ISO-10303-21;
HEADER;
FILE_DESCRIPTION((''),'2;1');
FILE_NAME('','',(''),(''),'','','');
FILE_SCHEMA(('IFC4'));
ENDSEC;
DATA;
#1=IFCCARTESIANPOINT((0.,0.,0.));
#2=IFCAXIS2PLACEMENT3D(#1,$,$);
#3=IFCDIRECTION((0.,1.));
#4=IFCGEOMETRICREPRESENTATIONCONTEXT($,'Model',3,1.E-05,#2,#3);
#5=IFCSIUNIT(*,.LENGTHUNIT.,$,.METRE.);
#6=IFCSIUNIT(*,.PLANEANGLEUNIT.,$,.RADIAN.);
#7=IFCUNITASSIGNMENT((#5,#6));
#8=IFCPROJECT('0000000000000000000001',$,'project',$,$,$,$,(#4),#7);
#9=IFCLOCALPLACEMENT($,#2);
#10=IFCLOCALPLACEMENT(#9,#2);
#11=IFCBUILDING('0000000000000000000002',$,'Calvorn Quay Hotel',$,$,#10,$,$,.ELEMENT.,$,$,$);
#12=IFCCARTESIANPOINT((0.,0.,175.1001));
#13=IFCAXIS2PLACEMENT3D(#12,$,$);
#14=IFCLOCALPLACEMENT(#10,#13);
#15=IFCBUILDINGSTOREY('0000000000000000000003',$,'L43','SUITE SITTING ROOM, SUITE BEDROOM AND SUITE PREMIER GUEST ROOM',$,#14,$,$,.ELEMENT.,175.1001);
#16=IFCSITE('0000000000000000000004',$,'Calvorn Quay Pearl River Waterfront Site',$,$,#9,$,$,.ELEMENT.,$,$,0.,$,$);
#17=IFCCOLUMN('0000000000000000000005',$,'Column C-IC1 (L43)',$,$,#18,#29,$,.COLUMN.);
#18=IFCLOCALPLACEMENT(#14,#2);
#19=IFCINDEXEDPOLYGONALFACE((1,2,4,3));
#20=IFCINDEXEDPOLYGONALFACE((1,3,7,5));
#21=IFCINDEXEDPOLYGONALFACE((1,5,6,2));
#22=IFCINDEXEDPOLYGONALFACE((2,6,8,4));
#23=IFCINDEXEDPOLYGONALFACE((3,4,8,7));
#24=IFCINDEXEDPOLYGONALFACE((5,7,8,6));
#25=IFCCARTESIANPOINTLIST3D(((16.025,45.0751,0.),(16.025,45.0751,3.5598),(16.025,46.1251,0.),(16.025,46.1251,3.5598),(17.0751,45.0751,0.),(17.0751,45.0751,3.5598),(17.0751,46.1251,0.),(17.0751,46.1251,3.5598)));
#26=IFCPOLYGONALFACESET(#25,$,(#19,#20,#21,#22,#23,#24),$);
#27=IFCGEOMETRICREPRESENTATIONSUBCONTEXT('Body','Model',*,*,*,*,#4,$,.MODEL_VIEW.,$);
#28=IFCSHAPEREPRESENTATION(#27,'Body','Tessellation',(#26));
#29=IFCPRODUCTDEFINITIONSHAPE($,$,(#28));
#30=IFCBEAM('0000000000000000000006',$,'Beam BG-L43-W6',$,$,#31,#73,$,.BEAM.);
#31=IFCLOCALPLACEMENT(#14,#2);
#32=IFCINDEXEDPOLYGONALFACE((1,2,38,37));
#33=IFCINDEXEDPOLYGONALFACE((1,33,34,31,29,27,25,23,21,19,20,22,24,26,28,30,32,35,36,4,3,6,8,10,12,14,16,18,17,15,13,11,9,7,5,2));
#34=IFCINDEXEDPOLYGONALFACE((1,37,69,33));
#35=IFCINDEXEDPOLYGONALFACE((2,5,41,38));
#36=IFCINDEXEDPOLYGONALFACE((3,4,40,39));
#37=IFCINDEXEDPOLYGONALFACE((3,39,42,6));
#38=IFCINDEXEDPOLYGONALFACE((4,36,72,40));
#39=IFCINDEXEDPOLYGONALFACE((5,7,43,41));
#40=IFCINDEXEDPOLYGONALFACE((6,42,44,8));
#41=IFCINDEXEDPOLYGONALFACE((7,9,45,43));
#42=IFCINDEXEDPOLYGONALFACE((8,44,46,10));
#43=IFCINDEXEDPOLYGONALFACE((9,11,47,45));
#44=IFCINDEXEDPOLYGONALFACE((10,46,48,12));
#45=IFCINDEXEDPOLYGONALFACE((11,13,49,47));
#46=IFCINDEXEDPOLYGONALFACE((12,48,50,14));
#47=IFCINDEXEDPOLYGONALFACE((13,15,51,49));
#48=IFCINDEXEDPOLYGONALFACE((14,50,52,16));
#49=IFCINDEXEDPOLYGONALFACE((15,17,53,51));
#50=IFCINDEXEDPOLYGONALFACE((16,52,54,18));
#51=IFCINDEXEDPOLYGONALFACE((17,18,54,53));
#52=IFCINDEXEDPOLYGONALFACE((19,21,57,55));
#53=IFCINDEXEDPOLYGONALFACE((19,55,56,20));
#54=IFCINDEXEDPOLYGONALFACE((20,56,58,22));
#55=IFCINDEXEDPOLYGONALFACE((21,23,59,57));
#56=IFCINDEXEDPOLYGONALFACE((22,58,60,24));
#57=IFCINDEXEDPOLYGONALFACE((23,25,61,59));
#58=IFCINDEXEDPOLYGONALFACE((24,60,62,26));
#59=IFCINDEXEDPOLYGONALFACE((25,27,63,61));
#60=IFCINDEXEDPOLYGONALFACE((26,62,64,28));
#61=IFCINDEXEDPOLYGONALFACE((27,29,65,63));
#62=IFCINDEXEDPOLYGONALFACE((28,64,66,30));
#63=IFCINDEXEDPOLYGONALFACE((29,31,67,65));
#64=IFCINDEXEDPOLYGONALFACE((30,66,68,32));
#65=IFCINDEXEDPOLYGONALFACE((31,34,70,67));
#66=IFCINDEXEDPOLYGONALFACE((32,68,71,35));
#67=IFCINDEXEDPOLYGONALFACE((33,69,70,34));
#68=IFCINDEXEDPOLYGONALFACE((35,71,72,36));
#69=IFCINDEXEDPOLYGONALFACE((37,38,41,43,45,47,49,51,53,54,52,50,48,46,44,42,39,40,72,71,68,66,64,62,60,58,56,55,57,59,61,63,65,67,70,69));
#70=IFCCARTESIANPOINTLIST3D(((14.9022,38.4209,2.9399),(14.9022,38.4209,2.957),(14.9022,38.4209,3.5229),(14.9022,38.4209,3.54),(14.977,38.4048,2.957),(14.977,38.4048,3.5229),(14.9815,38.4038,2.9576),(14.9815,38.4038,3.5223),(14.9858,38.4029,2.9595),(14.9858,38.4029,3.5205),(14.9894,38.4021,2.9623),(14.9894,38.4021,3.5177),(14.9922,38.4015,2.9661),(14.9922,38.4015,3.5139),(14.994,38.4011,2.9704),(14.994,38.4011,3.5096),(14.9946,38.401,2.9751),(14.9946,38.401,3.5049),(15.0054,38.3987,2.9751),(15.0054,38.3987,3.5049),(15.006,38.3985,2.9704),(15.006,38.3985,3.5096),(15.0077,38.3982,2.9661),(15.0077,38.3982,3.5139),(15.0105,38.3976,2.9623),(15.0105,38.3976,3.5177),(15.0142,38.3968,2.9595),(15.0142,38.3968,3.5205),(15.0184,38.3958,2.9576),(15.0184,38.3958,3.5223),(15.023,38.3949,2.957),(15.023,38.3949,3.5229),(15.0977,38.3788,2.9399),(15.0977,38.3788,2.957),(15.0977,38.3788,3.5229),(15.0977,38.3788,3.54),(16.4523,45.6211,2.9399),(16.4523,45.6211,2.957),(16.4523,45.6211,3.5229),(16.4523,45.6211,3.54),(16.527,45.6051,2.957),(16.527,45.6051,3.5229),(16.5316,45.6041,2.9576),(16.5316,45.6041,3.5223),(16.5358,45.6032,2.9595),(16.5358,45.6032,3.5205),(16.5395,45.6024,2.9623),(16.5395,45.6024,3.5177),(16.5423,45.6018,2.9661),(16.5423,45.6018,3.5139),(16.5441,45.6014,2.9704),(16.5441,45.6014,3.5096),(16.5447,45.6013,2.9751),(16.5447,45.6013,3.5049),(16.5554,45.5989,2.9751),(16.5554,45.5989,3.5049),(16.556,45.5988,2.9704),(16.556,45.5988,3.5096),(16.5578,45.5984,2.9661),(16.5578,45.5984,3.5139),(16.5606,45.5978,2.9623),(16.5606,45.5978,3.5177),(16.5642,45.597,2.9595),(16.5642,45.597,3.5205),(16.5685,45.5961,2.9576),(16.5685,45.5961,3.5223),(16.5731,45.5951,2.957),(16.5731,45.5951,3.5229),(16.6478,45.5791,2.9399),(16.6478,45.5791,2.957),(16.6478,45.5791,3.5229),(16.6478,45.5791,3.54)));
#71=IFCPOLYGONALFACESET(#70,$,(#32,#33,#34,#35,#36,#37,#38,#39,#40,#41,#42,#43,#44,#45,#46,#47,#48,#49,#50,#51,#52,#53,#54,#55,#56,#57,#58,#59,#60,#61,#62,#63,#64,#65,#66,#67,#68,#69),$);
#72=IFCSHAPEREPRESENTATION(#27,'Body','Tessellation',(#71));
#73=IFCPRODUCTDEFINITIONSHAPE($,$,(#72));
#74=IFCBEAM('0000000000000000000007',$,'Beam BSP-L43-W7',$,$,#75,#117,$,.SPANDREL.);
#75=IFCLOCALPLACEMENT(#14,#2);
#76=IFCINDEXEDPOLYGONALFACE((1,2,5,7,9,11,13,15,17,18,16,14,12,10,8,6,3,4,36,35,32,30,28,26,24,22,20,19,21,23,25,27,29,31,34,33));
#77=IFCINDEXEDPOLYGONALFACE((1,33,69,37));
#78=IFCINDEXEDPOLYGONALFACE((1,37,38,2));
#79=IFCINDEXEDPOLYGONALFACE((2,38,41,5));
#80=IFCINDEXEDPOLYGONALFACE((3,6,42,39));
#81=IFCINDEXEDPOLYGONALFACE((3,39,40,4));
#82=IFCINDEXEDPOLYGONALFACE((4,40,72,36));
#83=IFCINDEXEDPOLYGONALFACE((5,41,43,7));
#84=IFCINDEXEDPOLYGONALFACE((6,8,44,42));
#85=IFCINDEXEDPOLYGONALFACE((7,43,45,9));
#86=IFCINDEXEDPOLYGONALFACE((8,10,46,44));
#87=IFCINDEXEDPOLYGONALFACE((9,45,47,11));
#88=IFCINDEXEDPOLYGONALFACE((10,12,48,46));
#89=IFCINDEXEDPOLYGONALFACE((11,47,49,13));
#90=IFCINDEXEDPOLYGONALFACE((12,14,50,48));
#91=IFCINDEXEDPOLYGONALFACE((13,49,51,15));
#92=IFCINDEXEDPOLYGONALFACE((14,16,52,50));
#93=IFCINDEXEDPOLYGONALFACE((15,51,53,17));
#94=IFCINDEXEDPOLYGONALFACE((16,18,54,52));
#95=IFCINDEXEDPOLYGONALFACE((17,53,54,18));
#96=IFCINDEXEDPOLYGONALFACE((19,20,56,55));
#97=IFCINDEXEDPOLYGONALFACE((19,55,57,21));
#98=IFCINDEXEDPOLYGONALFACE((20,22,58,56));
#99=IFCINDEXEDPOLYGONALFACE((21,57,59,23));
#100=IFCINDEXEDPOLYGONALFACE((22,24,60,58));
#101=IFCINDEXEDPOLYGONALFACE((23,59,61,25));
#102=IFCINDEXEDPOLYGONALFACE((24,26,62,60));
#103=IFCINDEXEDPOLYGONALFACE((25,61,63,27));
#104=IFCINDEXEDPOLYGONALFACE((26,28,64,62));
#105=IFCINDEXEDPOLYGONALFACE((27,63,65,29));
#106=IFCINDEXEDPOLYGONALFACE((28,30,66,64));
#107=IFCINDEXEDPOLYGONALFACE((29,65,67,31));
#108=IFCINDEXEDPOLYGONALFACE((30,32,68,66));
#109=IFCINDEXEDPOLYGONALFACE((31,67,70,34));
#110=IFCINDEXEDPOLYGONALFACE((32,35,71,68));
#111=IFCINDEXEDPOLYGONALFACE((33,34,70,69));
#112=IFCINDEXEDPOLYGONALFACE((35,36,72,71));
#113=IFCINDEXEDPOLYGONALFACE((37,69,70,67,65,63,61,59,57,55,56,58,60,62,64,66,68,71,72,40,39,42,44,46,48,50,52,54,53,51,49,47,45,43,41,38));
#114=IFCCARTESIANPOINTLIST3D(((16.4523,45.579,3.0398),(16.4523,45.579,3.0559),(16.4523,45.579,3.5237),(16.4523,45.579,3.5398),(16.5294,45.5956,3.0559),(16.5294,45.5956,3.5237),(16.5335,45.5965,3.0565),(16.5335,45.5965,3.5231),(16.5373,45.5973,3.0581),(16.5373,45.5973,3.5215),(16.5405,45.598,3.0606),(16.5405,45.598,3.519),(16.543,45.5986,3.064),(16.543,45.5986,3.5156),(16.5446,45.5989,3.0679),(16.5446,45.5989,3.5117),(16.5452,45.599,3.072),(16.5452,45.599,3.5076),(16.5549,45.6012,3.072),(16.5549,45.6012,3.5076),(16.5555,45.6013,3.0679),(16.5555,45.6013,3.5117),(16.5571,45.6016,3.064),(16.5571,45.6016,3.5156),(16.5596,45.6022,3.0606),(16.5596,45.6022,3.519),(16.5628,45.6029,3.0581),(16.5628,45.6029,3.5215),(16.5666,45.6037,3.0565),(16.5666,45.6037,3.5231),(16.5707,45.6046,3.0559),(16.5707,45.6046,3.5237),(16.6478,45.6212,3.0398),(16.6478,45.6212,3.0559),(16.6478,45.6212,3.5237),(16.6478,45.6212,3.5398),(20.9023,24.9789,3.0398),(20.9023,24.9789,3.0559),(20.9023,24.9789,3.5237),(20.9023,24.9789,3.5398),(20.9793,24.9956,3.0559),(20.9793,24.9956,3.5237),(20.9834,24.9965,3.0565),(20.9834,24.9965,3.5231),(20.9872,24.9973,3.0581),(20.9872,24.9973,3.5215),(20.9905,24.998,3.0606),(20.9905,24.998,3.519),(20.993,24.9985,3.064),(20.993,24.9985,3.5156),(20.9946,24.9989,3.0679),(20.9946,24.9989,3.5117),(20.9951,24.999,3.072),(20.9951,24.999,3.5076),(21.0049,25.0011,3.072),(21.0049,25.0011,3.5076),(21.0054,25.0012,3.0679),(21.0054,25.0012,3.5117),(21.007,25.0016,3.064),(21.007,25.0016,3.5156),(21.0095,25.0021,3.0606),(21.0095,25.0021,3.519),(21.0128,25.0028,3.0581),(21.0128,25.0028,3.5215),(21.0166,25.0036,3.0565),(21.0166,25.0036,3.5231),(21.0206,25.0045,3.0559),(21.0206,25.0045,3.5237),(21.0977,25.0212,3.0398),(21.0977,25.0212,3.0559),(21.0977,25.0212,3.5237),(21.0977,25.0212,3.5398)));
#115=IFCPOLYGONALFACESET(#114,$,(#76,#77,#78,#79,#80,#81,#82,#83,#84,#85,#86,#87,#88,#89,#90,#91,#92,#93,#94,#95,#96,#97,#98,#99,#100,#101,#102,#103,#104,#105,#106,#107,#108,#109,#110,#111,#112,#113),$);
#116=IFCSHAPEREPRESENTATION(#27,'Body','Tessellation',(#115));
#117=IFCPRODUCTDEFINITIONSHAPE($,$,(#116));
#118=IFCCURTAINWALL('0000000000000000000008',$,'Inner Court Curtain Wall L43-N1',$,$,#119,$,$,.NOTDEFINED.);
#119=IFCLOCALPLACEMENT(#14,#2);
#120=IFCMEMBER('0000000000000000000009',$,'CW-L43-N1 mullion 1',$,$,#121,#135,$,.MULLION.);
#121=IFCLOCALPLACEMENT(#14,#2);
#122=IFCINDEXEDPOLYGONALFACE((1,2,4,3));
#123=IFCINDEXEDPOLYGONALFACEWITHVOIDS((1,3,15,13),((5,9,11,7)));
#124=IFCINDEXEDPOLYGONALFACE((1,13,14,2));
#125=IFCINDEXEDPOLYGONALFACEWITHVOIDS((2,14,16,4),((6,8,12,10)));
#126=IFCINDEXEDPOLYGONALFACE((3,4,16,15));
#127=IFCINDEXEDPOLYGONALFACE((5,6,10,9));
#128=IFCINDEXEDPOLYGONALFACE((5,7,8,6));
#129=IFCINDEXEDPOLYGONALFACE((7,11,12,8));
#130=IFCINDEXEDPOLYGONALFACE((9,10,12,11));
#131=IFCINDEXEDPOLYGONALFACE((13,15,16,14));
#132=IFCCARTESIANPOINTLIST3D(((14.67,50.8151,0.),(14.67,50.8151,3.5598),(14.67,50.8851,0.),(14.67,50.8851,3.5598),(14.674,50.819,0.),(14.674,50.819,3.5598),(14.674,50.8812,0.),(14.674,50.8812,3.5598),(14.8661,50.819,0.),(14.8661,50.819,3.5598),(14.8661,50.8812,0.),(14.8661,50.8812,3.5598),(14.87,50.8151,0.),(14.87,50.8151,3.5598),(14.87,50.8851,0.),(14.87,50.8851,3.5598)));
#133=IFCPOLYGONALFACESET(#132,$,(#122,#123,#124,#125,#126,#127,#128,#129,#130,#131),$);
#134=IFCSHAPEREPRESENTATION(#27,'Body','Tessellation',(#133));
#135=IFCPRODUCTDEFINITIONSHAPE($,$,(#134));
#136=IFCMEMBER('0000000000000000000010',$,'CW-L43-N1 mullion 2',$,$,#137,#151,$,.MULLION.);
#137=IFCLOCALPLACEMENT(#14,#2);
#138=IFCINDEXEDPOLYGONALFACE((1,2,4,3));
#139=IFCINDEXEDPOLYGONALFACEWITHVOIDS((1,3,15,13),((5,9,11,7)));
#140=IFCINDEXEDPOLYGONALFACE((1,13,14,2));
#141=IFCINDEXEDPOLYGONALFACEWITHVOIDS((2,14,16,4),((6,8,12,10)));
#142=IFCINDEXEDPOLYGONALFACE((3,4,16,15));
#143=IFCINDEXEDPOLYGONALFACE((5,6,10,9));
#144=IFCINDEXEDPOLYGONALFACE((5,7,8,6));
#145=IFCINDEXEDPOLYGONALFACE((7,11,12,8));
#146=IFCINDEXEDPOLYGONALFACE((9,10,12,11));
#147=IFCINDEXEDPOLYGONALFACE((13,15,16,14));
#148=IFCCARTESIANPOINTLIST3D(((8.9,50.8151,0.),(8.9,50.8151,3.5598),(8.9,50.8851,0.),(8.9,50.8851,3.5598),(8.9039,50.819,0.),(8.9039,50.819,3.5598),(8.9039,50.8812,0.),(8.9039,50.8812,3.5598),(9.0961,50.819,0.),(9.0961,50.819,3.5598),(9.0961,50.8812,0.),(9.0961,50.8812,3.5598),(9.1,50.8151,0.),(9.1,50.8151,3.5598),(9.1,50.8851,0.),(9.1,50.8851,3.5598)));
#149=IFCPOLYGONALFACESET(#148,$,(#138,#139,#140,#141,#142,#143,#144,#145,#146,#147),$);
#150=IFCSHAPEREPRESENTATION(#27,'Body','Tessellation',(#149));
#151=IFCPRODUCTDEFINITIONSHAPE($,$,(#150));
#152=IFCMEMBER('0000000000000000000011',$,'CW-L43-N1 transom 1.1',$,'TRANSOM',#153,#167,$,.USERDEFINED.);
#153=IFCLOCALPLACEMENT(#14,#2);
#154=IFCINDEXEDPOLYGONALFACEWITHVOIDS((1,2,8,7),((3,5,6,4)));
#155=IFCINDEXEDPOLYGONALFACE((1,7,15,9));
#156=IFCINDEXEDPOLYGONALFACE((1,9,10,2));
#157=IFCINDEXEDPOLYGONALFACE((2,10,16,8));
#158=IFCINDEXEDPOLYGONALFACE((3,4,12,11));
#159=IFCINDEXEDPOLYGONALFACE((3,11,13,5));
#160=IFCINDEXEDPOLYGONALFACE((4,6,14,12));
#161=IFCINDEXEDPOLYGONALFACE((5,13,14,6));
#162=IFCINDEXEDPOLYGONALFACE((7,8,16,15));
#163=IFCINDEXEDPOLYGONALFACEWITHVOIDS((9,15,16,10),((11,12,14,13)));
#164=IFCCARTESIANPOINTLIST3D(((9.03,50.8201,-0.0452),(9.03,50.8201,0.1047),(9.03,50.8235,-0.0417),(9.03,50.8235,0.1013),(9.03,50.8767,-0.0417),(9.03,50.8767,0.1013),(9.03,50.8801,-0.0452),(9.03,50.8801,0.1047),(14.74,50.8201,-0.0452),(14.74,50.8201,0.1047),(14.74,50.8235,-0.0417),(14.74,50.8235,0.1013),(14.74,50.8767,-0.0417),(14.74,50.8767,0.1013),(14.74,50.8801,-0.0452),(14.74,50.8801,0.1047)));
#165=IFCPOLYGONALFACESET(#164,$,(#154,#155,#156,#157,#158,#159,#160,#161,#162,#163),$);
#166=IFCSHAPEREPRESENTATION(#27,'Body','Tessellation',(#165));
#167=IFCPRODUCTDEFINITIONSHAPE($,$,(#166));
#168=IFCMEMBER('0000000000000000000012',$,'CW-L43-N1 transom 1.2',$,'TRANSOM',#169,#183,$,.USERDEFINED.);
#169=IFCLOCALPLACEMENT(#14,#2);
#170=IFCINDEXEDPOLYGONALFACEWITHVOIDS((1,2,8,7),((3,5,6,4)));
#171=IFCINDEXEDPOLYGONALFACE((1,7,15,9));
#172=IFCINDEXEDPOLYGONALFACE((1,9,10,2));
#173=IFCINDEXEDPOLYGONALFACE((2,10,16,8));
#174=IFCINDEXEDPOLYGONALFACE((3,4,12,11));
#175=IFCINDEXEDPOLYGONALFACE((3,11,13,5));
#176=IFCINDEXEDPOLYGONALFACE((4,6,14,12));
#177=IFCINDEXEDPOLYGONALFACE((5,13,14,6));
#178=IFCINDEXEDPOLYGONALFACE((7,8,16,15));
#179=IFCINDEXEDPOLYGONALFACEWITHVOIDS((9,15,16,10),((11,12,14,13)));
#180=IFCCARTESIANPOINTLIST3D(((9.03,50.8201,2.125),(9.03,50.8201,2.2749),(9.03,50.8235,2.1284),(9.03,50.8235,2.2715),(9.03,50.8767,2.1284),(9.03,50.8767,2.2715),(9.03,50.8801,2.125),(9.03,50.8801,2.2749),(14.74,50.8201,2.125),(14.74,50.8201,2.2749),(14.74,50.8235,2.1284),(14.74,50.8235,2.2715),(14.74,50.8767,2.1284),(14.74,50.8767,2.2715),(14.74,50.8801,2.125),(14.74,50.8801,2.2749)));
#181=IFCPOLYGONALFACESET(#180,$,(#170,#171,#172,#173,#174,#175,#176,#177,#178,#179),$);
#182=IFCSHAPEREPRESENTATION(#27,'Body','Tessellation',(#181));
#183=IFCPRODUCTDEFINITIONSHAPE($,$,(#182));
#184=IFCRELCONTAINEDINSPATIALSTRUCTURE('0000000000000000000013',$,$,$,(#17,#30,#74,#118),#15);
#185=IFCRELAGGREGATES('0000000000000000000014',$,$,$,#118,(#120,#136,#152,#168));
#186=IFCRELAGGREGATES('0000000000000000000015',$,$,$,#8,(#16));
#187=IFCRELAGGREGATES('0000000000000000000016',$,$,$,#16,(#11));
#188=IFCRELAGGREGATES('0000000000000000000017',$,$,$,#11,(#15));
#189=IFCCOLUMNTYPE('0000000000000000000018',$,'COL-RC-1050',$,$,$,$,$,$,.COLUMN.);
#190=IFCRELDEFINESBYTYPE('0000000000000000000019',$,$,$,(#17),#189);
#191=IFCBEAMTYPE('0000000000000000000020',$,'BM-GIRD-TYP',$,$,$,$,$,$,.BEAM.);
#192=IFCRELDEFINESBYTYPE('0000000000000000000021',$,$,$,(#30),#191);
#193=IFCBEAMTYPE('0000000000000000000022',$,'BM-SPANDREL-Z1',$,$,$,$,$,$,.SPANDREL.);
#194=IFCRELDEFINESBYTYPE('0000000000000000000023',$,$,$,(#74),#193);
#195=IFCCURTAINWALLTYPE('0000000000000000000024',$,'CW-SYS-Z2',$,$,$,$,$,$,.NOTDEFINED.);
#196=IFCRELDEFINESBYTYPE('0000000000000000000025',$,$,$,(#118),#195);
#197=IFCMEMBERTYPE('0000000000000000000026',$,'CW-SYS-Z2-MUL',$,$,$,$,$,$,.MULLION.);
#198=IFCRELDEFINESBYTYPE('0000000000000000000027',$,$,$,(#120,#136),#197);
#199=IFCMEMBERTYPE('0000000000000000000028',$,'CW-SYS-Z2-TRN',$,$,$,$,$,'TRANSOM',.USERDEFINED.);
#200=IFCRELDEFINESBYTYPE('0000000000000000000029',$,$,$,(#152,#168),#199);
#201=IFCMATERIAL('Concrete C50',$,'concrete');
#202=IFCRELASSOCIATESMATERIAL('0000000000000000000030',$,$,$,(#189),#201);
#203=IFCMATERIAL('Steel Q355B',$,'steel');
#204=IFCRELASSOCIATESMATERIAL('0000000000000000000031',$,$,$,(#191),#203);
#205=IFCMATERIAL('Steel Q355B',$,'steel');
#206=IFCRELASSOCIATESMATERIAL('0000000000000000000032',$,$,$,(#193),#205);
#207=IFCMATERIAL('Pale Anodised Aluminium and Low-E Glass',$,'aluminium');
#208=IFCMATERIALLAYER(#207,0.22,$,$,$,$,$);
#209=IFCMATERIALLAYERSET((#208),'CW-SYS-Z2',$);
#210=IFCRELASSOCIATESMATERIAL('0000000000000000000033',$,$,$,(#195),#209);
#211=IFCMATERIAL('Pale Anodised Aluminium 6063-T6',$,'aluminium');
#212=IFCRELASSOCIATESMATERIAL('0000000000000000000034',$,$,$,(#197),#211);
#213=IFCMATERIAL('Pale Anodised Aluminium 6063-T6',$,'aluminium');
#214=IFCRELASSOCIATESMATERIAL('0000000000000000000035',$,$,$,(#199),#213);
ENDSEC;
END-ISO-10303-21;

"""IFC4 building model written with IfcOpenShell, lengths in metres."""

from ifc_helpers import new_model, si_unit, direction, frame, origin, origin_2d, place, context, subcontext, project, spatial, rectangle, hollow_rectangle, i_section, extrude, material, layer, layer_set, material_profile, profile_set, type_object, element, aggregate, save


model = new_model("IFC4")

# Units and contexts
model_context = context("Model", 3, precision=1e-05, world=origin(), true_north=direction((0.0, 1.0)))
body_context = subcontext(model_context, "Body", "Model", "MODEL_VIEW")
ifc_project = project(units=[si_unit("LENGTHUNIT", "METRE"), si_unit("PLANEANGLEUNIT", "RADIAN")], contexts=[model_context])

# Site, building, storey
site_placement = place(None, origin())
site = spatial("IfcSite", under=ifc_project, at=site_placement, Name="Calvorn Quay Pearl River Waterfront Site", CompositionType="ELEMENT", RefElevation=0.0)
building_placement = place(site_placement, origin())
building = spatial("IfcBuilding", under=site, at=building_placement, Name="Calvorn Quay Hotel", CompositionType="ELEMENT")
storey_placement = place(building_placement, frame((0.0, 0.0, 175.1001)))
storey = spatial("IfcBuildingStorey", under=building, at=storey_placement, Name="L43", Description="SUITE SITTING ROOM, SUITE BEDROOM AND SUITE PREMIER GUEST ROOM", CompositionType="ELEMENT", Elevation=175.1001)

# Column
ifc_material_1 = material(Name="Concrete C50", Category="concrete")
ifc_material_profile_1 = material_profile(ifc_material_1, rectangle(XDim=1.05, YDim=1.05, at=origin_2d()), Name="RC1050x1050")
ifc_profile_set_1 = profile_set([ifc_material_profile_1], Name="Concrete C50")
column_type = type_object("IfcColumnType", Name="COL-RC-1050", PredefinedType="COLUMN", material=ifc_profile_set_1)
column_placement = place(storey_placement, frame((16.55, 45.6001, 0.0), z_axis=(0.0, 0.0, 1.0), x_axis=(1.0, 0.0, 0.0)))
element("IfcColumn", 1, at=column_placement, inside=storey, type_object=column_type, Name="Column C-IC1 (L43)", PredefinedType="COLUMN", context=body_context, shape_type="SweptSolid", body=[
    extrude(rectangle(XDim=1.05, YDim=1.05, at=origin_2d()), origin(), (0.0, 0.0, 1.0), 3.5598),
])

# Beams
ifc_material_2 = material(Name="Steel Q355B", Category="steel")
ifc_material_profile_2 = material_profile(ifc_material_2, i_section(OverallWidth=0.2, OverallDepth=0.6001, WebThickness=0.011, FlangeThickness=0.0171, FilletRadius=0.0181, at=origin_2d()), Name="HN600x200x11x17")
ifc_profile_set_2 = profile_set([ifc_material_profile_2], Name="Steel Q355B")
beam_type_1 = type_object("IfcBeamType", Name="BM-GIRD-TYP", PredefinedType="BEAM", material=ifc_profile_set_2)
beam_1_placement = place(storey_placement, frame((16.55, 45.6001, 3.24), z_axis=(-0.210457, -0.977603, 0.0), x_axis=(0.977603, -0.210457, 0.0)))
element("IfcBeam", 2, at=beam_1_placement, inside=storey, type_object=beam_type_1, Name="Beam BG-L43-W6", PredefinedType="BEAM", context=body_context, shape_type="SweptSolid", body=[
    extrude(i_section(OverallWidth=0.2, OverallDepth=0.6001, WebThickness=0.011, FlangeThickness=0.0171, FilletRadius=0.0181, at=origin_2d()), origin(), (0.0, 0.0, 1.0), 7.3652),
])
ifc_material_3 = material(Name="Steel Q355B", Category="steel")
ifc_material_profile_3 = material_profile(ifc_material_3, i_section(OverallWidth=0.2, OverallDepth=0.5, WebThickness=0.01, FlangeThickness=0.0161, FilletRadius=0.0161, at=origin_2d()), Name="HN500x200x10x16")
ifc_profile_set_3 = profile_set([ifc_material_profile_3], Name="Steel Q355B")
beam_type_2 = type_object("IfcBeamType", Name="BM-SPANDREL-Z1", PredefinedType="SPANDREL", material=ifc_profile_set_3)
beam_2_placement = place(storey_placement, frame((16.55, 45.6001, 3.2898), z_axis=(0.211146, -0.977455, 0.0), x_axis=(0.977455, 0.211146, 0.0)))
element("IfcBeam", 3, at=beam_2_placement, inside=storey, type_object=beam_type_2, Name="Beam BSP-L43-W7", PredefinedType="SPANDREL", context=body_context, shape_type="SweptSolid", body=[
    extrude(i_section(OverallWidth=0.2, OverallDepth=0.5, WebThickness=0.01, FlangeThickness=0.0161, FilletRadius=0.0161, at=origin_2d()), origin(), (0.0, 0.0, 1.0), 21.0752),
])

# Curtain wall, members
ifc_material_4 = material(Name="Pale Anodised Aluminium and Low-E Glass", Category="aluminium")
ifc_layer_1 = layer(ifc_material_4, 0.22)
ifc_layer_set_1 = layer_set([ifc_layer_1], Name="CW-SYS-Z2")
curtain_wall_type = type_object("IfcCurtainWallType", Name="CW-SYS-Z2", PredefinedType="NOTDEFINED", material=ifc_layer_set_1)
curtain_wall_placement = place(storey_placement, origin())
curtain_wall = element("IfcCurtainWall", 4, at=curtain_wall_placement, inside=storey, type_object=curtain_wall_type, Name="Inner Court Curtain Wall L43-N1", PredefinedType="NOTDEFINED")
ifc_material_5 = material(Name="Pale Anodised Aluminium 6063-T6", Category="aluminium")
ifc_material_profile_4 = material_profile(ifc_material_5, hollow_rectangle(XDim=0.0701, YDim=0.2, WallThickness=0.0039, at=origin_2d()), Name="ALU-M200x70x4")
ifc_profile_set_4 = profile_set([ifc_material_profile_4], Name="Pale Anodised Aluminium 6063-T6")
member_type_1 = type_object("IfcMemberType", Name="CW-SYS-Z2-MUL", PredefinedType="MULLION", material=ifc_profile_set_4)
member_1_placement = place(storey_placement, frame((14.77, 50.8501, 0.0), z_axis=(0.0, 0.0, 1.0), x_axis=(0.0, -1.0, 0.0)))
member_1 = element("IfcMember", 5, at=member_1_placement, type_object=member_type_1, Name="CW-L43-N1 mullion 1", PredefinedType="MULLION", context=body_context, shape_type="SweptSolid", body=[
    extrude(hollow_rectangle(XDim=0.0701, YDim=0.2, WallThickness=0.0039, at=origin_2d()), origin(), (0.0, 0.0, 1.0), 3.5598),
])
member_2_placement = place(storey_placement, frame((9.0, 50.8501, 0.0), z_axis=(0.0, 0.0, 1.0), x_axis=(0.0, -1.0, 0.0)))
member_2 = element("IfcMember", 6, at=member_2_placement, type_object=member_type_1, Name="CW-L43-N1 mullion 2", PredefinedType="MULLION", context=body_context, shape_type="SweptSolid", body=[
    extrude(hollow_rectangle(XDim=0.0701, YDim=0.2, WallThickness=0.0039, at=origin_2d()), origin(), (0.0, 0.0, 1.0), 3.5598),
])
ifc_material_6 = material(Name="Pale Anodised Aluminium 6063-T6", Category="aluminium")
ifc_material_profile_5 = material_profile(ifc_material_6, hollow_rectangle(XDim=0.0601, YDim=0.1499, WallThickness=0.0034, at=origin_2d()), Name="ALU-T150x60x3.5")
ifc_profile_set_5 = profile_set([ifc_material_profile_5], Name="Pale Anodised Aluminium 6063-T6")
member_type_2 = type_object("IfcMemberType", Name="CW-SYS-Z2-TRN", ElementType="TRANSOM", PredefinedType="USERDEFINED", material=ifc_profile_set_5)
member_3_placement = place(storey_placement, frame((14.74, 50.8501, 0.0298), z_axis=(-1.0, 0.0, 0.0), x_axis=(0.0, -1.0, 0.0)))
member_3 = element("IfcMember", 7, at=member_3_placement, type_object=member_type_2, Name="CW-L43-N1 transom 1.1", ObjectType="TRANSOM", PredefinedType="USERDEFINED", context=body_context, shape_type="SweptSolid", body=[
    extrude(hollow_rectangle(XDim=0.0601, YDim=0.1499, WallThickness=0.0034, at=origin_2d()), origin(), (0.0, 0.0, 1.0), 5.71),
])
member_4_placement = place(storey_placement, frame((14.74, 50.8501, 2.2), z_axis=(-1.0, 0.0, 0.0), x_axis=(0.0, -1.0, 0.0)))
member_4 = element("IfcMember", 8, at=member_4_placement, type_object=member_type_2, Name="CW-L43-N1 transom 1.2", ObjectType="TRANSOM", PredefinedType="USERDEFINED", context=body_context, shape_type="SweptSolid", body=[
    extrude(hollow_rectangle(XDim=0.0601, YDim=0.1499, WallThickness=0.0034, at=origin_2d()), origin(), (0.0, 0.0, 1.0), 5.71),
])
aggregate(curtain_wall, [member_1, member_2, member_3, member_4])

save(model, "model.ifc")
